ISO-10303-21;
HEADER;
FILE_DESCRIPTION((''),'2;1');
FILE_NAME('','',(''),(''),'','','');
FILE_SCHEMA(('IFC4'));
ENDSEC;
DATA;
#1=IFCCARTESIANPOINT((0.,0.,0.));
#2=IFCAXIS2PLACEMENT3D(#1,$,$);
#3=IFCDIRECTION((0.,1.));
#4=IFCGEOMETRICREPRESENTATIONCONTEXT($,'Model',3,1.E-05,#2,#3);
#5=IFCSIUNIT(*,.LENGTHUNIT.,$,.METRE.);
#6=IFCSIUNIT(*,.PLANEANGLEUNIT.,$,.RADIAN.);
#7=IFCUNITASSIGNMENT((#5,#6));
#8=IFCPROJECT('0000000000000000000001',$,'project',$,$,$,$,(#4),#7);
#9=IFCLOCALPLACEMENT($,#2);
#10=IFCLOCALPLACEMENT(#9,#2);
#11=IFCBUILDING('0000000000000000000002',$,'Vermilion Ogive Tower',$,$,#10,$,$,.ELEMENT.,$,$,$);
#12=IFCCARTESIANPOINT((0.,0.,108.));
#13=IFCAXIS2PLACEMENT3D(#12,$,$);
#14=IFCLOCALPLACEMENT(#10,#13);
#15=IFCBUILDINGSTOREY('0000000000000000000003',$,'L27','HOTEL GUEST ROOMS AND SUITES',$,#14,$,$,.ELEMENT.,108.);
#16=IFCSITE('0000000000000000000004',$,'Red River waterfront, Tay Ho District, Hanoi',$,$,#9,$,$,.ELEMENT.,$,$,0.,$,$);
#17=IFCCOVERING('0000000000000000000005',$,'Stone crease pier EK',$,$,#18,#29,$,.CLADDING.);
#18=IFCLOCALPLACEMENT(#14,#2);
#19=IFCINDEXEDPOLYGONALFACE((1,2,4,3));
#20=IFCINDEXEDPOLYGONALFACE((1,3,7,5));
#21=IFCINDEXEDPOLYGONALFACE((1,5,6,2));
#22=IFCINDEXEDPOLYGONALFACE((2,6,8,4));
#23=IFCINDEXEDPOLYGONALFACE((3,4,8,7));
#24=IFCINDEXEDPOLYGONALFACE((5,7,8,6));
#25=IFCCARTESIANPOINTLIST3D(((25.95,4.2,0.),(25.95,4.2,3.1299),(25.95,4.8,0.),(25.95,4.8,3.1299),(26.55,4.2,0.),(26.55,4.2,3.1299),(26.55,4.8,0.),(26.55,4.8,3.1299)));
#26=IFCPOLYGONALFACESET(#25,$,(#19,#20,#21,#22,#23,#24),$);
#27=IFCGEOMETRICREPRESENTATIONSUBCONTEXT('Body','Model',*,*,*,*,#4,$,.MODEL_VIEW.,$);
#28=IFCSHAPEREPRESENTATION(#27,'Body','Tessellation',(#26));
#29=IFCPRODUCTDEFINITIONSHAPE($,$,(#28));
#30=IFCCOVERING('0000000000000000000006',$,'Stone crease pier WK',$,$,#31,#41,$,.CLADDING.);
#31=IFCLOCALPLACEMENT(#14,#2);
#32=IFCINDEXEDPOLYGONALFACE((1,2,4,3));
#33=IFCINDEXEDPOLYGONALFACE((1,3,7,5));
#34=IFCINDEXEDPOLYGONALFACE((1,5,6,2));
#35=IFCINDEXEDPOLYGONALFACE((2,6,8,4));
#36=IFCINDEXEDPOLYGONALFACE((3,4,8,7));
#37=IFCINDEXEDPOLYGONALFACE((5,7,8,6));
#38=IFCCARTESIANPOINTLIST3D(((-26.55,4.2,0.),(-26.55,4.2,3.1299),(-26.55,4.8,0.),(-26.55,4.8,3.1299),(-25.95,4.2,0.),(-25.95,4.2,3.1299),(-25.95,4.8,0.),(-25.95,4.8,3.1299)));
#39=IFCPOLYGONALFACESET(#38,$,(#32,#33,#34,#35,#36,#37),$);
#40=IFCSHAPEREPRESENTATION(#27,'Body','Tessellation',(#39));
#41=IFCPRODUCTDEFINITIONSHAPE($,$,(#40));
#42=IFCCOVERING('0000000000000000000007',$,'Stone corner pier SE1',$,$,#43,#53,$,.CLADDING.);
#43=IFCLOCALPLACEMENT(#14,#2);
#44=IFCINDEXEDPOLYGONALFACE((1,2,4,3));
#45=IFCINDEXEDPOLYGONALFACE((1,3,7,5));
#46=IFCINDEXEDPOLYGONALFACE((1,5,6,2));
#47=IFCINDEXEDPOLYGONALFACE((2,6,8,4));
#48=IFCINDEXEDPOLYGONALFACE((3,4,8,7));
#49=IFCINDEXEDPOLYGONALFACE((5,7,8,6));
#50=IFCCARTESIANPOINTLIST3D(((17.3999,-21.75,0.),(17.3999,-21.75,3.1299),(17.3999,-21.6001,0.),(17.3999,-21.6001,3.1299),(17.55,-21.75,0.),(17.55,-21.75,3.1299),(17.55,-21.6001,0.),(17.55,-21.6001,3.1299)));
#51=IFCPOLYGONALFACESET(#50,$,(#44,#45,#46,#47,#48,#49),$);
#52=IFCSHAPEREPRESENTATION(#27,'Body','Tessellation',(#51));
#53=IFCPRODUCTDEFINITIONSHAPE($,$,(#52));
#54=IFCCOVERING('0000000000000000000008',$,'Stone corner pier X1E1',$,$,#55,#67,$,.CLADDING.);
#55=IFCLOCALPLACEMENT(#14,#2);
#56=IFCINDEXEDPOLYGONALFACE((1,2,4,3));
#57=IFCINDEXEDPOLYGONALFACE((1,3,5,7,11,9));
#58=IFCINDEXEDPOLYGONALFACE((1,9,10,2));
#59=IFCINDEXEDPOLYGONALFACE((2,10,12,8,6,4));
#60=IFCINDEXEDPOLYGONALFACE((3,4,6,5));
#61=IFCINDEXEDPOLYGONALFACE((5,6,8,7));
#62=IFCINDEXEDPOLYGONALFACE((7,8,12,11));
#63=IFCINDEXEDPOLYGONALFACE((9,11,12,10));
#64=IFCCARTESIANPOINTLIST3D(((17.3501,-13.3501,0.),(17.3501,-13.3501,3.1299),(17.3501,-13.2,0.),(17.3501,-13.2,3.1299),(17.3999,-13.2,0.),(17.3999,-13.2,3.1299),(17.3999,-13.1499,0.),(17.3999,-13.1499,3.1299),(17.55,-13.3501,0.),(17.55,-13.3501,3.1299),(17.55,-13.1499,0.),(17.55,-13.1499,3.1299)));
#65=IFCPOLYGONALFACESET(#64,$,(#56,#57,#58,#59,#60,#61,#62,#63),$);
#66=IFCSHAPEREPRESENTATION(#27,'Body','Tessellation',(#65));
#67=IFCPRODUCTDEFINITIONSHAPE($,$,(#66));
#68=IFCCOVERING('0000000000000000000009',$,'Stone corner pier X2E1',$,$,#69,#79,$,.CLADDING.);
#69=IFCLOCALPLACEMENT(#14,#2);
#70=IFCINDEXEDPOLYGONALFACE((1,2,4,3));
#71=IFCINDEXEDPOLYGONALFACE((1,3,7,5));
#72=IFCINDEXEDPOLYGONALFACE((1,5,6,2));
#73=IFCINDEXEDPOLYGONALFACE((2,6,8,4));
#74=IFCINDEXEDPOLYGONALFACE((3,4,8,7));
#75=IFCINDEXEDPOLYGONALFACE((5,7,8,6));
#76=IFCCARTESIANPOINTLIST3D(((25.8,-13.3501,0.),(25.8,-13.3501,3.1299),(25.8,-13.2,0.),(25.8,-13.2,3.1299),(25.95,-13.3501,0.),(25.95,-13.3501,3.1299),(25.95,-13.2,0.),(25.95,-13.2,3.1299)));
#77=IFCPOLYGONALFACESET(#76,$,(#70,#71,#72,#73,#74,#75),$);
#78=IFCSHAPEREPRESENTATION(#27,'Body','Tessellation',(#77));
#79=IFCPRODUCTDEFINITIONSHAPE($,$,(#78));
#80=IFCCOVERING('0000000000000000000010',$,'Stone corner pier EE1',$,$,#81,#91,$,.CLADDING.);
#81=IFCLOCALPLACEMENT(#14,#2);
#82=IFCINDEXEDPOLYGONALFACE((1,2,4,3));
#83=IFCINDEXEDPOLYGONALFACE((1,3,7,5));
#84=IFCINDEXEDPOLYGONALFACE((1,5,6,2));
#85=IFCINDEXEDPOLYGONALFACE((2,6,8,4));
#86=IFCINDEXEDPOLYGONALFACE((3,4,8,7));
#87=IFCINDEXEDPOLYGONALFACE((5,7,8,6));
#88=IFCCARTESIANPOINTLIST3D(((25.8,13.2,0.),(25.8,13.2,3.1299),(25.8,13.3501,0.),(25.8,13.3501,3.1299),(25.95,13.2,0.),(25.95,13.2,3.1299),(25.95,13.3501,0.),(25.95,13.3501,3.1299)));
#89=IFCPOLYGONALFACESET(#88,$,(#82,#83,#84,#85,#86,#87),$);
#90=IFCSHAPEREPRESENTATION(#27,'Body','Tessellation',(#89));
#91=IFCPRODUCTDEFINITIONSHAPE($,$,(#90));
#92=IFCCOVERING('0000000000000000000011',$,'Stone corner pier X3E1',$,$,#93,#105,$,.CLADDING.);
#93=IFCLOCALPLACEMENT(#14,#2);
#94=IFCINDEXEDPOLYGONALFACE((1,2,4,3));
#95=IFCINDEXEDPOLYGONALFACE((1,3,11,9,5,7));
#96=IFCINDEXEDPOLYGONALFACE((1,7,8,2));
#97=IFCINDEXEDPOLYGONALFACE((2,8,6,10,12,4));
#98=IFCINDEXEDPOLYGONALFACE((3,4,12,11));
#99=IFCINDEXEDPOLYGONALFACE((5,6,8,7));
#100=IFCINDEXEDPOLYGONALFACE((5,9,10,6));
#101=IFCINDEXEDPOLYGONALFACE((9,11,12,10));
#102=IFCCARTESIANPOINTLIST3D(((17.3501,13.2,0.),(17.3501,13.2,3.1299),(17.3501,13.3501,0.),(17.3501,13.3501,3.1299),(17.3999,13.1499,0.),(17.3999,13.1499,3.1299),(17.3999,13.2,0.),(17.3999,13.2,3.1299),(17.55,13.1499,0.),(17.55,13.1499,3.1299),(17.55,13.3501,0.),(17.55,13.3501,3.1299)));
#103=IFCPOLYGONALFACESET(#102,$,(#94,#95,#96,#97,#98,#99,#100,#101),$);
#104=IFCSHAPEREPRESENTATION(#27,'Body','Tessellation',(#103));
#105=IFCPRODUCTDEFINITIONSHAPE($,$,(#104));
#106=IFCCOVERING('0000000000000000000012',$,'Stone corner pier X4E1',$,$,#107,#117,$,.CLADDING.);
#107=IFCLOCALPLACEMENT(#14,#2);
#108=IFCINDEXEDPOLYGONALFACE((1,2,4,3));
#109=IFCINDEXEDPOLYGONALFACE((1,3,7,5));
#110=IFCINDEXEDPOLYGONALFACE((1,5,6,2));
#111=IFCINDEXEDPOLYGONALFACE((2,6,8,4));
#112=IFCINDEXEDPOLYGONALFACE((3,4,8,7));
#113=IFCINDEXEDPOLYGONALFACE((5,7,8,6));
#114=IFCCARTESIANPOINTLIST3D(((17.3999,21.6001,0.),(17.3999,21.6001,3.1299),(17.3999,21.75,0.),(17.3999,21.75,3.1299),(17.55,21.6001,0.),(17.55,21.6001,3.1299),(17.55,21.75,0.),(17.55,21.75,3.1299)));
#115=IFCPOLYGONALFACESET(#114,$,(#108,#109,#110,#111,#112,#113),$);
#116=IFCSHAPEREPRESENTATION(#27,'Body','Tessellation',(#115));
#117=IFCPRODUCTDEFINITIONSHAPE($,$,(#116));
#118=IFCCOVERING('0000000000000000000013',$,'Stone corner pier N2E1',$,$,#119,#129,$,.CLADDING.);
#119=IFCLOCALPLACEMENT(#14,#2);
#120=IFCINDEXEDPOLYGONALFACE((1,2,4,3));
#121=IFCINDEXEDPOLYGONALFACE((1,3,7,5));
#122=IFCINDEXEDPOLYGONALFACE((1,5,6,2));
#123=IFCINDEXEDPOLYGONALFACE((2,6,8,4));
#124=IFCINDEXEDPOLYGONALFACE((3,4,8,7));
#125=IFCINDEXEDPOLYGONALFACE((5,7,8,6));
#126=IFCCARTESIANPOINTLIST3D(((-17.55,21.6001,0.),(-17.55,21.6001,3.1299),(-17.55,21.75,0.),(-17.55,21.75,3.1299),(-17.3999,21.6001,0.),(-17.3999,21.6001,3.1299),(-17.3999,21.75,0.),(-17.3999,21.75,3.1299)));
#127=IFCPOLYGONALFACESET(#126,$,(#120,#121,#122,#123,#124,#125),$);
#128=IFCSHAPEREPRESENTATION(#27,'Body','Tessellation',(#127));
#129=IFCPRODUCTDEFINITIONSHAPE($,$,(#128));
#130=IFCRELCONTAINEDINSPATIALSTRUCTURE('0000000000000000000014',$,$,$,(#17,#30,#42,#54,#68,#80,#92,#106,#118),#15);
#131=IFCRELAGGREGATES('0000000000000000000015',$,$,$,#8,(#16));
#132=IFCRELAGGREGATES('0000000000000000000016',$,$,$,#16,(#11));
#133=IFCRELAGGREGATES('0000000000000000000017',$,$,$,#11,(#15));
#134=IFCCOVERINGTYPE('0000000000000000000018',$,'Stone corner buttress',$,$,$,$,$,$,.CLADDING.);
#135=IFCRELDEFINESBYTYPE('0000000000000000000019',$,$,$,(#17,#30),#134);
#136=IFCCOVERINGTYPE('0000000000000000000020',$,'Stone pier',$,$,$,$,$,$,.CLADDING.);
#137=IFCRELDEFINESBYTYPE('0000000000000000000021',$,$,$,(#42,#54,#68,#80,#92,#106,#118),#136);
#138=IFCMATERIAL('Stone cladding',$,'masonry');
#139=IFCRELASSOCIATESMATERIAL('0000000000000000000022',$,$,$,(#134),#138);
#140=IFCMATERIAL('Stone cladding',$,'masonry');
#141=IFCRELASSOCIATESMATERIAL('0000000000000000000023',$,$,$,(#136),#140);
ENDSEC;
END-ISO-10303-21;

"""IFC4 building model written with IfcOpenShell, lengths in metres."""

from ifc_helpers import new_model, si_unit, direction, frame, origin, place, context, subcontext, project, spatial, polyline, outline, extrude, material, type_object, element, save


model = new_model("IFC4")

# Units and contexts
model_context = context("Model", 3, precision=1e-05, world=origin(), true_north=direction((0.0, 1.0)))
body_context = subcontext(model_context, "Body", "Model", "MODEL_VIEW")
ifc_project = project(units=[si_unit("LENGTHUNIT", "METRE"), si_unit("PLANEANGLEUNIT", "RADIAN")], contexts=[model_context])

# Site, building, storey
site_placement = place(None, origin())
site = spatial("IfcSite", under=ifc_project, at=site_placement, Name="Red River waterfront, Tay Ho District, Hanoi", CompositionType="ELEMENT", RefElevation=0.0)
building_placement = place(site_placement, origin())
building = spatial("IfcBuilding", under=site, at=building_placement, Name="Vermilion Ogive Tower", CompositionType="ELEMENT")
storey_placement = place(building_placement, frame((0.0, 0.0, 108.0)))
storey = spatial("IfcBuildingStorey", under=building, at=storey_placement, Name="L27", Description="HOTEL GUEST ROOMS AND SUITES", CompositionType="ELEMENT", Elevation=108.0)

# Coverings
ifc_material_1 = material(Name="Stone cladding", Category="masonry")
covering_type_1 = type_object("IfcCoveringType", Name="Stone corner buttress", PredefinedType="CLADDING", material=ifc_material_1)
covering_1_placement = place(storey_placement, origin())
element("IfcCovering", 1, at=covering_1_placement, inside=storey, type_object=covering_type_1, Name="Stone crease pier EK", PredefinedType="CLADDING", context=body_context, shape_type="SweptSolid", body=[
    extrude(outline(polyline([(26.55, 4.2), (26.55, 4.8), (25.95, 4.8), (25.95, 4.2), (26.55, 4.2)])), origin(), (0.0, 0.0, 1.0), 3.1299),
])
covering_2_placement = place(storey_placement, origin())
element("IfcCovering", 2, at=covering_2_placement, inside=storey, type_object=covering_type_1, Name="Stone crease pier WK", PredefinedType="CLADDING", context=body_context, shape_type="SweptSolid", body=[
    extrude(outline(polyline([(-26.55, 4.8), (-26.55, 4.2), (-25.95, 4.2), (-25.95, 4.8), (-26.55, 4.8)])), origin(), (0.0, 0.0, 1.0), 3.1299),
])
ifc_material_2 = material(Name="Stone cladding", Category="masonry")
covering_type_2 = type_object("IfcCoveringType", Name="Stone pier", PredefinedType="CLADDING", material=ifc_material_2)
covering_3_placement = place(storey_placement, origin())
element("IfcCovering", 3, at=covering_3_placement, inside=storey, type_object=covering_type_2, Name="Stone corner pier SE1", PredefinedType="CLADDING", context=body_context, shape_type="SweptSolid", body=[
    extrude(outline(polyline([(17.3999, -21.75), (17.3999, -21.6001), (17.3999, -21.6001), (17.55, -21.6001), (17.55, -21.75), (17.3999, -21.75)])), origin(), (0.0, 0.0, 1.0), 3.1299),
])
covering_4_placement = place(storey_placement, origin())
element("IfcCovering", 4, at=covering_4_placement, inside=storey, type_object=covering_type_2, Name="Stone corner pier X1E1", PredefinedType="CLADDING", context=body_context, shape_type="SweptSolid", body=[
    extrude(outline(polyline([(17.3501, -13.2), (17.3999, -13.2), (17.3999, -13.1499), (17.55, -13.1499), (17.55, -13.3501), (17.3501, -13.3501), (17.3501, -13.2)])), origin(), (0.0, 0.0, 1.0), 3.1299),
])
covering_5_placement = place(storey_placement, origin())
element("IfcCovering", 5, at=covering_5_placement, inside=storey, type_object=covering_type_2, Name="Stone corner pier X2E1", PredefinedType="CLADDING", context=body_context, shape_type="SweptSolid", body=[
    extrude(outline(polyline([(25.8, -13.3501), (25.8, -13.2), (25.95, -13.2), (25.95, -13.3501), (25.8, -13.3501)])), origin(), (0.0, 0.0, 1.0), 3.1299),
])
covering_6_placement = place(storey_placement, origin())
element("IfcCovering", 6, at=covering_6_placement, inside=storey, type_object=covering_type_2, Name="Stone corner pier EE1", PredefinedType="CLADDING", context=body_context, shape_type="SweptSolid", body=[
    extrude(outline(polyline([(25.95, 13.2), (25.8, 13.2), (25.8, 13.3501), (25.95, 13.3501), (25.95, 13.2)])), origin(), (0.0, 0.0, 1.0), 3.1299),
])
covering_7_placement = place(storey_placement, origin())
element("IfcCovering", 7, at=covering_7_placement, inside=storey, type_object=covering_type_2, Name="Stone corner pier X3E1", PredefinedType="CLADDING", context=body_context, shape_type="SweptSolid", body=[
    extrude(outline(polyline([(17.3999, 13.1499), (17.3999, 13.2), (17.3501, 13.2), (17.3501, 13.3501), (17.55, 13.3501), (17.55, 13.1499), (17.3999, 13.1499)])), origin(), (0.0, 0.0, 1.0), 3.1299),
])
covering_8_placement = place(storey_placement, origin())
element("IfcCovering", 8, at=covering_8_placement, inside=storey, type_object=covering_type_2, Name="Stone corner pier X4E1", PredefinedType="CLADDING", context=body_context, shape_type="SweptSolid", body=[
    extrude(outline(polyline([(17.55, 21.6001), (17.3999, 21.6001), (17.3999, 21.6001), (17.3999, 21.75), (17.55, 21.75), (17.55, 21.6001)])), origin(), (0.0, 0.0, 1.0), 3.1299),
])
covering_9_placement = place(storey_placement, origin())
element("IfcCovering", 9, at=covering_9_placement, inside=storey, type_object=covering_type_2, Name="Stone corner pier N2E1", PredefinedType="CLADDING", context=body_context, shape_type="SweptSolid", body=[
    extrude(outline(polyline([(-17.3999, 21.75), (-17.3999, 21.6001), (-17.3999, 21.6001), (-17.55, 21.6001), (-17.55, 21.75), (-17.3999, 21.75)])), origin(), (0.0, 0.0, 1.0), 3.1299),
])

save(model, "model.ifc")
